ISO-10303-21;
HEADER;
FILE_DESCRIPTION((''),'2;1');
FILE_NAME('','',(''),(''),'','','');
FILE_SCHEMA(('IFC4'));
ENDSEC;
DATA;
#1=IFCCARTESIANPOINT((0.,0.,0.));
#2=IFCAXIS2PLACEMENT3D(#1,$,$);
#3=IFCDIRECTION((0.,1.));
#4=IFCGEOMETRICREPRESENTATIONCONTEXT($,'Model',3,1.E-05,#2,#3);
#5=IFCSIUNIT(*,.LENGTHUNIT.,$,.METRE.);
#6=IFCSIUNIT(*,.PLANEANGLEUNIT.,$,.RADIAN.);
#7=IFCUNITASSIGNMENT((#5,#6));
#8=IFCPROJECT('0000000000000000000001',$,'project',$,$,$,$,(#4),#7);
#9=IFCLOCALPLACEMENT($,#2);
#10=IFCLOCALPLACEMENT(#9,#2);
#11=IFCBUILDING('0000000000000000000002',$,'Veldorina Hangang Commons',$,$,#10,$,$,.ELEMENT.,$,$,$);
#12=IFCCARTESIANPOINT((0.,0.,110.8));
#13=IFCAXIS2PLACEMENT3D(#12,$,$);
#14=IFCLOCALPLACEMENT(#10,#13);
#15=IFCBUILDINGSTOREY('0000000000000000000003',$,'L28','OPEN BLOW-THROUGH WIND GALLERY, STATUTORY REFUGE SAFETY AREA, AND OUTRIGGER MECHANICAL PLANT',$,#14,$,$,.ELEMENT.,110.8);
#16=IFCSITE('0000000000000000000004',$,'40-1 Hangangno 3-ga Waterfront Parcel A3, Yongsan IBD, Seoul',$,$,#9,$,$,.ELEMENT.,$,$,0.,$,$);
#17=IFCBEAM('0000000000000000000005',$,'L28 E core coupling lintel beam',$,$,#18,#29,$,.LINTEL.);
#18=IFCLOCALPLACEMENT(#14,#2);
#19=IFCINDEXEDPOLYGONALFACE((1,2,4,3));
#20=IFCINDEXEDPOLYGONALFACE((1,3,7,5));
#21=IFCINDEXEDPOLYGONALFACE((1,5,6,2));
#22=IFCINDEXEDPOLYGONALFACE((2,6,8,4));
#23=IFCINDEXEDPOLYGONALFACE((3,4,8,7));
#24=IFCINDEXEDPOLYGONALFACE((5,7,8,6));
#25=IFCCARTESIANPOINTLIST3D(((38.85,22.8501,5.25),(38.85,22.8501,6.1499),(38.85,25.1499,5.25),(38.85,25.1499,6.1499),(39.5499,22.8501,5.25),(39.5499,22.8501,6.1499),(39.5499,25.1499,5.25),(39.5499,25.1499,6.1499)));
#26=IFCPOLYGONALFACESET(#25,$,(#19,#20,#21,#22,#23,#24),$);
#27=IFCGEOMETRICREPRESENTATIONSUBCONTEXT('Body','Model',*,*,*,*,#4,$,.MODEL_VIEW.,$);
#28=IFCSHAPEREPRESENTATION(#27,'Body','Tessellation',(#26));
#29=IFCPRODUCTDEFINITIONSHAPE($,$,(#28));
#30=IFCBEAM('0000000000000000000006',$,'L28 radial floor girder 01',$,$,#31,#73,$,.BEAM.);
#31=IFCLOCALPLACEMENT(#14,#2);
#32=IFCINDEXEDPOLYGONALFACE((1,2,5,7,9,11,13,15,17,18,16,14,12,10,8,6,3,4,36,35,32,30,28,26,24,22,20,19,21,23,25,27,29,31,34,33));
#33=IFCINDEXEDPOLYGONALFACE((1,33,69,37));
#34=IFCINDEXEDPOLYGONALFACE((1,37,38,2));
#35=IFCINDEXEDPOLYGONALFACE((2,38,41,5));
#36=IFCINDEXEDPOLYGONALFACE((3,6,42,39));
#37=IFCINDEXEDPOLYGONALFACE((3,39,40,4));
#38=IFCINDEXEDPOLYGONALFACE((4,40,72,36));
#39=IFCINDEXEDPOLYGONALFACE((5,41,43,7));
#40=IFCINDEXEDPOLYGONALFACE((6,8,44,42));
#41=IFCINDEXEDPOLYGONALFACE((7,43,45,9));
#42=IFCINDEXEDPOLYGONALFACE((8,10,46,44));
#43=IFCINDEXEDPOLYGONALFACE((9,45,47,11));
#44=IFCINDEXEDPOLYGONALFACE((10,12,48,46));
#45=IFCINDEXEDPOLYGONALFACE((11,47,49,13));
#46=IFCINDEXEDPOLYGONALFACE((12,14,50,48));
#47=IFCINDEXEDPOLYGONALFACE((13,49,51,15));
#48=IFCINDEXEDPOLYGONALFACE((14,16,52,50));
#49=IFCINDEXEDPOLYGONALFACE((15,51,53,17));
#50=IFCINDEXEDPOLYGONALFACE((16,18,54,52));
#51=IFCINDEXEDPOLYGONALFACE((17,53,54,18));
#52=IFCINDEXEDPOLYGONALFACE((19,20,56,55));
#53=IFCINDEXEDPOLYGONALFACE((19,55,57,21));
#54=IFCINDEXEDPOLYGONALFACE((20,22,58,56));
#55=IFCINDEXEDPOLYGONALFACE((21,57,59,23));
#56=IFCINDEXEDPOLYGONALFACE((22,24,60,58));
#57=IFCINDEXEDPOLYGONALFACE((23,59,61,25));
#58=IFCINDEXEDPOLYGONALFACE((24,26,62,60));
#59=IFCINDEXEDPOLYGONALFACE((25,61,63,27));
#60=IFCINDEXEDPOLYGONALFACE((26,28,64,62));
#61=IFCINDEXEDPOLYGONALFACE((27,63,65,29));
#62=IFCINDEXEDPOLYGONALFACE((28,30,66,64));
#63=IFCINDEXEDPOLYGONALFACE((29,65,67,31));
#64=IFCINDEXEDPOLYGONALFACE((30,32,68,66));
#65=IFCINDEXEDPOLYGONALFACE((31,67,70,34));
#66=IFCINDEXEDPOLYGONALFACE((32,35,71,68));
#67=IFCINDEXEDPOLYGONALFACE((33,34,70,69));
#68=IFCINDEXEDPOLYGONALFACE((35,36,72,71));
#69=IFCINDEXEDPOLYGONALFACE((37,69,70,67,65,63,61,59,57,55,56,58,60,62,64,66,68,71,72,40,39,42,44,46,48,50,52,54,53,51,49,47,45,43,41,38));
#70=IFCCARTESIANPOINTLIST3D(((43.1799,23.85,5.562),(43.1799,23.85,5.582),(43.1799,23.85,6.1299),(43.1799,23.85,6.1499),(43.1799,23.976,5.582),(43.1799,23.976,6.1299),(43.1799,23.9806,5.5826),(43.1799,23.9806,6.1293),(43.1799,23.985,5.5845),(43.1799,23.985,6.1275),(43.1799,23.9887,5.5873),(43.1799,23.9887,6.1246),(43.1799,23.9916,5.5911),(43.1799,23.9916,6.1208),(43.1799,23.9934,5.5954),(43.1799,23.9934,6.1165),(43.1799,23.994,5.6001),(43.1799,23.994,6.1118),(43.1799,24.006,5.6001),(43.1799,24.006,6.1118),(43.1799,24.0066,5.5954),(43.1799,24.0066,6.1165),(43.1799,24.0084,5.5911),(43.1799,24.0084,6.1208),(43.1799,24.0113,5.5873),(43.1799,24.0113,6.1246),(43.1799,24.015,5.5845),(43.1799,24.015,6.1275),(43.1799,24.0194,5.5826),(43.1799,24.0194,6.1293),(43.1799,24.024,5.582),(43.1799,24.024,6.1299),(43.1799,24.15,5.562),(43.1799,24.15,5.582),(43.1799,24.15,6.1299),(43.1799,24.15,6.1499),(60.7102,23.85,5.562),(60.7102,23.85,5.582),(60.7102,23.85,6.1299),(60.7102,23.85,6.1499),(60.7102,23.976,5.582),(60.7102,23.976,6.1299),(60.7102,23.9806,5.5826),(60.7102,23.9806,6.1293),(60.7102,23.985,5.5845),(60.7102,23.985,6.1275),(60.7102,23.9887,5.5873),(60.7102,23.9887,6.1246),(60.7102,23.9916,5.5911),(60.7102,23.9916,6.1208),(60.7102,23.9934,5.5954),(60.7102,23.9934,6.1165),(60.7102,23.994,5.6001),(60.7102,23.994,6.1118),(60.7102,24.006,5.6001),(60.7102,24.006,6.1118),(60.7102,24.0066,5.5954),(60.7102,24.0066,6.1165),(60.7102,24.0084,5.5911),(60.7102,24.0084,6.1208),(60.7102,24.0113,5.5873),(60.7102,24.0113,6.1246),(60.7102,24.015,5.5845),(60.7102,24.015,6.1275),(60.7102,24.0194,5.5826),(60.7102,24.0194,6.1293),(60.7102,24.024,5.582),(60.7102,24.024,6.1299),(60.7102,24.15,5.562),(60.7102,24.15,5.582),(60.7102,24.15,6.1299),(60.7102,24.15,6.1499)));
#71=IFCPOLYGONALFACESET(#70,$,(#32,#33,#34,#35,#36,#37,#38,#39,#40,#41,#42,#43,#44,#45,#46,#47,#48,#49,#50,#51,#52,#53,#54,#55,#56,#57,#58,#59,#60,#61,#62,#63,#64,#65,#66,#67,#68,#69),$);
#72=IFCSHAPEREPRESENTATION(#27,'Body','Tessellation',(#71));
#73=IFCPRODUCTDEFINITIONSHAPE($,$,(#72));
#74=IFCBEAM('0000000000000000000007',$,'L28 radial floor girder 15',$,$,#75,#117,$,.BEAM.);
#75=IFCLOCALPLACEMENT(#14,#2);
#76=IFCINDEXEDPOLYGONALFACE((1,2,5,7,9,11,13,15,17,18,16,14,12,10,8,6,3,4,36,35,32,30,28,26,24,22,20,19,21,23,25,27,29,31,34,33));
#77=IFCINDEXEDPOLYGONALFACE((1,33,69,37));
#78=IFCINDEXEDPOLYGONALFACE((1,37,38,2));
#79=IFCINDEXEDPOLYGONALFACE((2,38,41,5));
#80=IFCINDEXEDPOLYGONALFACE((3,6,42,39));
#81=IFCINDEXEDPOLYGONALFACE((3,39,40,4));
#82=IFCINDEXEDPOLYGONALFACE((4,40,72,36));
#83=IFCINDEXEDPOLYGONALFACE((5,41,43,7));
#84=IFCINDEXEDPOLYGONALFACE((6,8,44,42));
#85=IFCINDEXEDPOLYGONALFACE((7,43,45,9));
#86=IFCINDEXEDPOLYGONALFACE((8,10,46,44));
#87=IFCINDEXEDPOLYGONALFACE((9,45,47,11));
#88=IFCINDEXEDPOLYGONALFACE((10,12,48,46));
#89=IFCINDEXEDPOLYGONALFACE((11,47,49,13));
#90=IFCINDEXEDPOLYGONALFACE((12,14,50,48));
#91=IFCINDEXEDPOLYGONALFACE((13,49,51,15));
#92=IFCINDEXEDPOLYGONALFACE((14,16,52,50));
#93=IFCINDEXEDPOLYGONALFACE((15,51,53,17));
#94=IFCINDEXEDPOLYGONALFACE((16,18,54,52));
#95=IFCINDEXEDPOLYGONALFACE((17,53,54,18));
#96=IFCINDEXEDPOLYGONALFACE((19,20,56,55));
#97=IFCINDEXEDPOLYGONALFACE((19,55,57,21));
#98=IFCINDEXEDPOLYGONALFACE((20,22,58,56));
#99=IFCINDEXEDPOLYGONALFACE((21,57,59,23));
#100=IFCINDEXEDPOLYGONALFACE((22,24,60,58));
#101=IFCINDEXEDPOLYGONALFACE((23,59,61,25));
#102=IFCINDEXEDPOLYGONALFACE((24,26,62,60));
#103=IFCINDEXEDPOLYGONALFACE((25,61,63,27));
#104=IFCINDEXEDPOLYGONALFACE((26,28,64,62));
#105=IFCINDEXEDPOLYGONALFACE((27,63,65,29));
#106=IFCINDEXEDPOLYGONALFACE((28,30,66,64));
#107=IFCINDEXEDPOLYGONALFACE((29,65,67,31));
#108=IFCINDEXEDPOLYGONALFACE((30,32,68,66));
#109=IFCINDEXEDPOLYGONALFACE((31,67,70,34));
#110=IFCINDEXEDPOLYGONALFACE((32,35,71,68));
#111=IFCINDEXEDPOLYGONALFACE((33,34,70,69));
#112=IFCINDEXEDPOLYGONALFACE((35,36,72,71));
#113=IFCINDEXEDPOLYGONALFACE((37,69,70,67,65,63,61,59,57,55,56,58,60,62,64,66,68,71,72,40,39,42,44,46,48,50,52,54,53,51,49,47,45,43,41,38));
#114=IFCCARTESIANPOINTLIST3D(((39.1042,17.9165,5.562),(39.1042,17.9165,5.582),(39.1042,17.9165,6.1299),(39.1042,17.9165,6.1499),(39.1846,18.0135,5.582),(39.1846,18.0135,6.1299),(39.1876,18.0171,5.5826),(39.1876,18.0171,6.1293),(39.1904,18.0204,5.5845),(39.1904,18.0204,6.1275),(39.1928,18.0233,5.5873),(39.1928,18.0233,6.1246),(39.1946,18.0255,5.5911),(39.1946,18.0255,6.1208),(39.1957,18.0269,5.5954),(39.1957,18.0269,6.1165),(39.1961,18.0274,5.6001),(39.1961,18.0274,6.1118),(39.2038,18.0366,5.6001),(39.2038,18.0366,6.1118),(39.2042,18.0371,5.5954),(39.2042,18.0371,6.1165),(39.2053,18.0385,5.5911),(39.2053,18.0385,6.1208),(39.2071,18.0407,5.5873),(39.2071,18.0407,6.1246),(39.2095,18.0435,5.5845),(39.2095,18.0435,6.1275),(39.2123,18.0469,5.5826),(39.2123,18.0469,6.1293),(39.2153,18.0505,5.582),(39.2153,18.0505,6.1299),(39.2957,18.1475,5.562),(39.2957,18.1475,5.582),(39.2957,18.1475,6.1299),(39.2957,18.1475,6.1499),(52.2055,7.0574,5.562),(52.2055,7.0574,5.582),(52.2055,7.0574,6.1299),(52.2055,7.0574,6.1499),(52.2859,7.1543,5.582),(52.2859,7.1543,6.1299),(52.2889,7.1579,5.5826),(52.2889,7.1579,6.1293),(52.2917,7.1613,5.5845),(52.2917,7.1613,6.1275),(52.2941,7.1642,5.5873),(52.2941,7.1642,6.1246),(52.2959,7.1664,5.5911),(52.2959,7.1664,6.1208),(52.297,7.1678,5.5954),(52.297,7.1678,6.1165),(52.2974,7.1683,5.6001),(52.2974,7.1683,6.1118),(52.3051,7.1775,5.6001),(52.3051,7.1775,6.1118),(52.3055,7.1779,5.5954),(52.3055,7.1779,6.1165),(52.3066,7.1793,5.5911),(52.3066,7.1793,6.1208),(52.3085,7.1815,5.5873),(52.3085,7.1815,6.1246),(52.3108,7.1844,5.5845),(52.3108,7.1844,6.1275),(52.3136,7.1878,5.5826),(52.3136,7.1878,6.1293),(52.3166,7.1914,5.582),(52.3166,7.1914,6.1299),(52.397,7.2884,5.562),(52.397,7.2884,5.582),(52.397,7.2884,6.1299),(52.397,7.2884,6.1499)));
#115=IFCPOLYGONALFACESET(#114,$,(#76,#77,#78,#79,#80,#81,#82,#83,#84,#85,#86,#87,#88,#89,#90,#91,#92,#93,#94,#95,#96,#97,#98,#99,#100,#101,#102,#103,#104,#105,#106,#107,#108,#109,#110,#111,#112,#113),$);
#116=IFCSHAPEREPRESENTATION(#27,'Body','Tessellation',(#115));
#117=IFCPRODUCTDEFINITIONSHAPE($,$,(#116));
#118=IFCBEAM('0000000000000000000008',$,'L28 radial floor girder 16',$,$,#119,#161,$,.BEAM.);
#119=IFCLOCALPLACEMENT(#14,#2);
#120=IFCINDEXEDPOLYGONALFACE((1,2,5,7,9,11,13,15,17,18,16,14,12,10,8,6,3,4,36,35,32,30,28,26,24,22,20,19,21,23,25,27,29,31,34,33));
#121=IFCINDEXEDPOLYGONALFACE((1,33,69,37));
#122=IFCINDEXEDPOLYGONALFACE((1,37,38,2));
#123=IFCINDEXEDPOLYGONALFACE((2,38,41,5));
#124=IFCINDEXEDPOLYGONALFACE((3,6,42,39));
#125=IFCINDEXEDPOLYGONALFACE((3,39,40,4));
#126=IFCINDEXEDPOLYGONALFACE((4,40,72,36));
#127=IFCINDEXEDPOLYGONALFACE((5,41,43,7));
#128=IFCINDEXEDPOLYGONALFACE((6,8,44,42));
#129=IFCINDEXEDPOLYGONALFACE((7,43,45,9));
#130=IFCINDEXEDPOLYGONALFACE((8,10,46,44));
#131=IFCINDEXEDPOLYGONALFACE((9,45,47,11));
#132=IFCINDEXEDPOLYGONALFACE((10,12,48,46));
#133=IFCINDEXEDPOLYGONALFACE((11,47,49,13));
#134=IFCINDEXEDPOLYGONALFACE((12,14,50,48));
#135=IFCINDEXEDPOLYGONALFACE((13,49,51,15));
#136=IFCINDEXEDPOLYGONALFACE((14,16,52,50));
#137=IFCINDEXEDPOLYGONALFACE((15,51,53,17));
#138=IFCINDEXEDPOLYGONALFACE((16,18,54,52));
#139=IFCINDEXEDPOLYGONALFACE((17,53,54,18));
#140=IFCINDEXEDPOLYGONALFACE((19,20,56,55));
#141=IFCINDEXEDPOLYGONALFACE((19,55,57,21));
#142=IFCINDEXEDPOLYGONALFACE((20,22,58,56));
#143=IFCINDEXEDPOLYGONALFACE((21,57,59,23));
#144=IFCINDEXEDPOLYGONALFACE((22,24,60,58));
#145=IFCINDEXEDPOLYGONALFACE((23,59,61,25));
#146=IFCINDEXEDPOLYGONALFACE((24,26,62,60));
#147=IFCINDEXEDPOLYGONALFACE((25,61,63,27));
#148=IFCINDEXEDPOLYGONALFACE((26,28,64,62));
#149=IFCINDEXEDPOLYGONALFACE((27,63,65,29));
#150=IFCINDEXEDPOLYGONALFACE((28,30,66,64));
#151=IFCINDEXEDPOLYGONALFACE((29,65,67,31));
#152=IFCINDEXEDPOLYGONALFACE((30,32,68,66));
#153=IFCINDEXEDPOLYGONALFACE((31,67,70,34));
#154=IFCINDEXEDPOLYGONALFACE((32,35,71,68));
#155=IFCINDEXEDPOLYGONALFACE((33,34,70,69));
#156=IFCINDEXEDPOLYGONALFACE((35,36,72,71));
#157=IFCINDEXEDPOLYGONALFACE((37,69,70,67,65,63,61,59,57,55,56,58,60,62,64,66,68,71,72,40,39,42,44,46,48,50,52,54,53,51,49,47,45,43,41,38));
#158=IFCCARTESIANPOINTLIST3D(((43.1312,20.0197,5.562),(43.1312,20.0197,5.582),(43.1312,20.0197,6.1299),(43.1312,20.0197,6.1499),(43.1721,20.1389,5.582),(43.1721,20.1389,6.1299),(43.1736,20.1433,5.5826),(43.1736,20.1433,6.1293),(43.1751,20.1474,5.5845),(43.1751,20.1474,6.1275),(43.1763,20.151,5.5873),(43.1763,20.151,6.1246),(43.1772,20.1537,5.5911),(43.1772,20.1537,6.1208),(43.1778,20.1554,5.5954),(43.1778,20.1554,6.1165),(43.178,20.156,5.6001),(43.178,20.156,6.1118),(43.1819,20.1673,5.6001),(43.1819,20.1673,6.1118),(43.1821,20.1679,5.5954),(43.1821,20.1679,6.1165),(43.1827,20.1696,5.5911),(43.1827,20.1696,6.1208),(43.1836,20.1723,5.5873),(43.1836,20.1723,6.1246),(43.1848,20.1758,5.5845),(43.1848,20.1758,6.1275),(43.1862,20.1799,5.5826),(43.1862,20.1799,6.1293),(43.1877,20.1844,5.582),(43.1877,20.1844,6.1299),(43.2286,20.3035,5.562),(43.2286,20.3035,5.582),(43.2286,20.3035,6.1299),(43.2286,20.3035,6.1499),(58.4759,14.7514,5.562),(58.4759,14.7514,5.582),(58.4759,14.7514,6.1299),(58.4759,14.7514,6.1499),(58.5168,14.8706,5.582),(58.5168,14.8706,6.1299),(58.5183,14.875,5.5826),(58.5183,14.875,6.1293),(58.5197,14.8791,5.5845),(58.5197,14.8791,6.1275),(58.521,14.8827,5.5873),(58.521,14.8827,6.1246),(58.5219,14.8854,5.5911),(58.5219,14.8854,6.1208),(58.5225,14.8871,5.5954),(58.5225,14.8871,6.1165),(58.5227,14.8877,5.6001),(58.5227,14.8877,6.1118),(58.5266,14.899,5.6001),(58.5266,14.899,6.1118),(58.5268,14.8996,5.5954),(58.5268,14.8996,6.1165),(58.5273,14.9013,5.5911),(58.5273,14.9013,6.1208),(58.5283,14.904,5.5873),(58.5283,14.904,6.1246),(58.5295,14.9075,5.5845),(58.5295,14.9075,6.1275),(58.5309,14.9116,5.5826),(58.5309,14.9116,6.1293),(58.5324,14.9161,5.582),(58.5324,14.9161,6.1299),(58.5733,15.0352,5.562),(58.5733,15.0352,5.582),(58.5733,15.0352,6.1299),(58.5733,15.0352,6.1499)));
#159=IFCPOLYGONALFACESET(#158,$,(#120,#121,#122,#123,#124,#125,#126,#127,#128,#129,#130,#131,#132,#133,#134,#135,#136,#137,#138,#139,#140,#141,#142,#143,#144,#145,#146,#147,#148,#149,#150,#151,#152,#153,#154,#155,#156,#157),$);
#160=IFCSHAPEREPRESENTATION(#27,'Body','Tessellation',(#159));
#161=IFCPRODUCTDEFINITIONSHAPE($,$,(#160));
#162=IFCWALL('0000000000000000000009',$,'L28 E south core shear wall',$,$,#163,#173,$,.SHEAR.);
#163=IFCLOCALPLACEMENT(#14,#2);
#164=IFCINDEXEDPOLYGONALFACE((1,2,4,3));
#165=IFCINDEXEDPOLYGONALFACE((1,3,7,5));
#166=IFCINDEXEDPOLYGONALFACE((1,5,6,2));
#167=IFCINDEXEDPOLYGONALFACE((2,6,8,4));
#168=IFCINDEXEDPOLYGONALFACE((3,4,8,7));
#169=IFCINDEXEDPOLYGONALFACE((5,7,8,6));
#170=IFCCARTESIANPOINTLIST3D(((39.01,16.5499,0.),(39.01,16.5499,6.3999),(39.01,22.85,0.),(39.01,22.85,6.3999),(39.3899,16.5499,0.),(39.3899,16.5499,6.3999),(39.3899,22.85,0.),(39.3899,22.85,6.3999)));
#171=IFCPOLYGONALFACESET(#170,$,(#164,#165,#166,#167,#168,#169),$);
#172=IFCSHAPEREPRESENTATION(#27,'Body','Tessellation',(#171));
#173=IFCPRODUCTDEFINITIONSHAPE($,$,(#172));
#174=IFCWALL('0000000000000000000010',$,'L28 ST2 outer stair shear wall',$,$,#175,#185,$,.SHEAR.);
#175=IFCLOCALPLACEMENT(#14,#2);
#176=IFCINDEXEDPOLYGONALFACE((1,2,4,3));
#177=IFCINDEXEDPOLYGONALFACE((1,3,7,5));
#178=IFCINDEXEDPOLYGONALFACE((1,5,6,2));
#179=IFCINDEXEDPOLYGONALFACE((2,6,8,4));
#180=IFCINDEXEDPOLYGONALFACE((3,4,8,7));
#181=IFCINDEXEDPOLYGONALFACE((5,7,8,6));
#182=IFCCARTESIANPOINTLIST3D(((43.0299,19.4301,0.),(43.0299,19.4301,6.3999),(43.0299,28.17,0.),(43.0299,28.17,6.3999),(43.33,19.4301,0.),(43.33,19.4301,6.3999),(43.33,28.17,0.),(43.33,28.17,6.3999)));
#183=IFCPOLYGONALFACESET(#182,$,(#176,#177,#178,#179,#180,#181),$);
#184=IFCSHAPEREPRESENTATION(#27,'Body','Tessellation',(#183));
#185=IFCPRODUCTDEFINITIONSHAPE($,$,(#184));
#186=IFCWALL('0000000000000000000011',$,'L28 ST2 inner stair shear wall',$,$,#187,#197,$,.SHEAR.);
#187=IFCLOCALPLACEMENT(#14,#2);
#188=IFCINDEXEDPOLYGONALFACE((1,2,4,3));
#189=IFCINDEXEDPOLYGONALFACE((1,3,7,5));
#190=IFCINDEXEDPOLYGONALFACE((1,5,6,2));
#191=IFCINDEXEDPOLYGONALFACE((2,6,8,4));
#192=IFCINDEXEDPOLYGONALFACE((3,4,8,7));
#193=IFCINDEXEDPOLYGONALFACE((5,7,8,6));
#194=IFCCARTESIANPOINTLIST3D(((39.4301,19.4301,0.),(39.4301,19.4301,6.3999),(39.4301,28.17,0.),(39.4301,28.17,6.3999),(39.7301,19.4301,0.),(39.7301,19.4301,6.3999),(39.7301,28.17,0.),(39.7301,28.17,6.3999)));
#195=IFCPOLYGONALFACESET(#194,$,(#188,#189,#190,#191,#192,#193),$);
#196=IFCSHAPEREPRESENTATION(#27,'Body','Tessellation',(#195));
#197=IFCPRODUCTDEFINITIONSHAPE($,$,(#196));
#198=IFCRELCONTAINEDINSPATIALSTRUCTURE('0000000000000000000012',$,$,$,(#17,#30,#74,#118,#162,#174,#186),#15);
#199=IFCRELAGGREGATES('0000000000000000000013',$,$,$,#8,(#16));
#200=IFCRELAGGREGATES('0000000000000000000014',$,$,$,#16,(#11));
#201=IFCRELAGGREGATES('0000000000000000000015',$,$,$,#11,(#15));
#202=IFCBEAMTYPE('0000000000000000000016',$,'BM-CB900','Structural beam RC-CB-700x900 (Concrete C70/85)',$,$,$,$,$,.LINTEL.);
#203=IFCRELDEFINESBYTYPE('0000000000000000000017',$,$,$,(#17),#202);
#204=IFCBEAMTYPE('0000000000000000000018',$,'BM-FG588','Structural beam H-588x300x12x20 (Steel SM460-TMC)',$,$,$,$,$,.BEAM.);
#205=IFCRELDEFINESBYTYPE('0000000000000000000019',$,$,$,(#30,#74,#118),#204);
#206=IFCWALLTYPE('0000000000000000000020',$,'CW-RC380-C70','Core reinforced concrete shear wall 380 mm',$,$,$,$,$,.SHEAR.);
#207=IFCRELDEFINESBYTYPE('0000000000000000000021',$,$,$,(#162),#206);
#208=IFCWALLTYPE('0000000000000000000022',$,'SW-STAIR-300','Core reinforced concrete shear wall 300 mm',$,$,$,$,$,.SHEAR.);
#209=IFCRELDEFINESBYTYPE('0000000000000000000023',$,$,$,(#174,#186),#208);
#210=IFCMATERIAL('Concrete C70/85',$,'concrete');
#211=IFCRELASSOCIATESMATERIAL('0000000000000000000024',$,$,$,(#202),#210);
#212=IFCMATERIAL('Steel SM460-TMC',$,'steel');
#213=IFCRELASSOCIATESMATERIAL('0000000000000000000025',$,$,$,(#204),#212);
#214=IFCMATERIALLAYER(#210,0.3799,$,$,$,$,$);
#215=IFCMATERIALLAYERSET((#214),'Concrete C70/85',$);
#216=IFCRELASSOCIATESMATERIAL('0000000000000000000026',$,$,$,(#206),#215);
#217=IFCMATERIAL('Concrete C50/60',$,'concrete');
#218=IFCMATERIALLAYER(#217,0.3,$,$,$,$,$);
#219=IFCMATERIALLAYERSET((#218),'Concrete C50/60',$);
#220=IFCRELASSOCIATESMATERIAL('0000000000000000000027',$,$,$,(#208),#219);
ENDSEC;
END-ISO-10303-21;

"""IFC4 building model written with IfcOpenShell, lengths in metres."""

from ifc_helpers import new_model, si_unit, direction, frame, frame_2d, origin, origin_2d, place, context, subcontext, project, spatial, rectangle, i_section, extrude, material, layer, layer_set, material_profile, profile_set, type_object, element, save


model = new_model("IFC4")

# Units and contexts
model_context = context("Model", 3, precision=1e-05, world=origin(), true_north=direction((0.0, 1.0)))
body_context = subcontext(model_context, "Body", "Model", "MODEL_VIEW")
ifc_project = project(units=[si_unit("LENGTHUNIT", "METRE"), si_unit("PLANEANGLEUNIT", "RADIAN")], contexts=[model_context])

# Site, building, storey
site_placement = place(None, origin())
site = spatial("IfcSite", under=ifc_project, at=site_placement, Name="40-1 Hangangno 3-ga Waterfront Parcel A3, Yongsan IBD, Seoul", CompositionType="ELEMENT", RefElevation=0.0)
building_placement = place(site_placement, origin())
building = spatial("IfcBuilding", under=site, at=building_placement, Name="Veldorina Hangang Commons", CompositionType="ELEMENT")
storey_placement = place(building_placement, frame((0.0, 0.0, 110.8)))
storey = spatial("IfcBuildingStorey", under=building, at=storey_placement, Name="L28", Description="OPEN BLOW-THROUGH WIND GALLERY, STATUTORY REFUGE SAFETY AREA, AND OUTRIGGER MECHANICAL PLANT", CompositionType="ELEMENT", Elevation=110.8)

# Beams
ifc_material_1 = material(Name="Concrete C70/85", Category="concrete")
ifc_material_profile_1 = material_profile(ifc_material_1, rectangle(XDim=0.7, YDim=0.8999, at=origin_2d()), Name="RC-CB-700x900")
ifc_profile_set_1 = profile_set([ifc_material_profile_1], Name="Concrete C70/85")
beam_type_1 = type_object("IfcBeamType", Name="BM-CB900", Description="Structural beam RC-CB-700x900 (Concrete C70/85)", PredefinedType="LINTEL", material=ifc_profile_set_1)
beam_1_placement = place(storey_placement, frame((39.2, 22.8501, 5.7), z_axis=(0.0, 1.0, 0.0), x_axis=(-1.0, 0.0, 0.0)))
element("IfcBeam", 1, at=beam_1_placement, inside=storey, type_object=beam_type_1, Name="L28 E core coupling lintel beam", PredefinedType="LINTEL", context=body_context, shape_type="SweptSolid", body=[
    extrude(rectangle(XDim=0.7, YDim=0.8999, at=origin_2d()), origin(), (0.0, 0.0, 1.0), 2.2998),
])
ifc_material_2 = material(Name="Steel SM460-TMC", Category="steel")
ifc_material_profile_2 = material_profile(ifc_material_2, i_section(OverallWidth=0.3, OverallDepth=0.5879, WebThickness=0.012, FlangeThickness=0.02, FilletRadius=0.0181, at=origin_2d()), Name="H-588x300x12x20")
ifc_profile_set_2 = profile_set([ifc_material_profile_2], Name="Steel SM460-TMC")
beam_type_2 = type_object("IfcBeamType", Name="BM-FG588", Description="Structural beam H-588x300x12x20 (Steel SM460-TMC)", PredefinedType="BEAM", material=ifc_profile_set_2)
beam_2_placement = place(storey_placement, frame((43.1799, 24.0, 5.856), z_axis=(1.0, 0.0, 0.0), x_axis=(0.0, 1.0, 0.0)))
element("IfcBeam", 2, at=beam_2_placement, inside=storey, type_object=beam_type_2, Name="L28 radial floor girder 01", PredefinedType="BEAM", context=body_context, shape_type="SweptSolid", body=[
    extrude(i_section(OverallWidth=0.3, OverallDepth=0.5879, WebThickness=0.012, FlangeThickness=0.02, FilletRadius=0.0181, at=origin_2d()), origin(), (0.0, 0.0, 1.0), 17.5303),
])
beam_3_placement = place(storey_placement, frame((39.2, 18.032, 5.856), z_axis=(0.769913, -0.638149, 0.0), x_axis=(0.638149, 0.769913, 0.0)))
element("IfcBeam", 3, at=beam_3_placement, inside=storey, type_object=beam_type_2, Name="L28 radial floor girder 15", PredefinedType="BEAM", context=body_context, shape_type="SweptSolid", body=[
    extrude(i_section(OverallWidth=0.3, OverallDepth=0.5879, WebThickness=0.012, FlangeThickness=0.02, FilletRadius=0.0181, at=origin_2d()), origin(), (0.0, 0.0, 1.0), 17.0166),
])
beam_4_placement = place(storey_placement, frame((43.1799, 20.1616, 5.856), z_axis=(0.945809, -0.324725, 0.0), x_axis=(0.324725, 0.945809, 0.0)))
element("IfcBeam", 4, at=beam_4_placement, inside=storey, type_object=beam_type_2, Name="L28 radial floor girder 16", PredefinedType="BEAM", context=body_context, shape_type="SweptSolid", body=[
    extrude(i_section(OverallWidth=0.3, OverallDepth=0.5879, WebThickness=0.012, FlangeThickness=0.02, FilletRadius=0.0181, at=origin_2d()), origin(), (0.0, 0.0, 1.0), 16.2239),
])

# Walls
ifc_layer_1 = layer(ifc_material_1, 0.3799)
ifc_layer_set_1 = layer_set([ifc_layer_1], Name="Concrete C70/85")
wall_type_1 = type_object("IfcWallType", Name="CW-RC380-C70", Description="Core reinforced concrete shear wall 380 mm", PredefinedType="SHEAR", material=ifc_layer_set_1)
wall_1_placement = place(storey_placement, frame((39.2, 16.55, 0.0), z_axis=(0.0, 0.0, 1.0), x_axis=(0.0, 1.0, 0.0)))
element("IfcWall", 5, at=wall_1_placement, inside=storey, type_object=wall_type_1, Name="L28 E south core shear wall", PredefinedType="SHEAR", context=body_context, shape_type="SweptSolid", body=[
    extrude(rectangle(XDim=6.3, YDim=0.3799, at=frame_2d((3.1499, 0.0))), origin(), (0.0, 0.0, 1.0), 6.3999),
])
ifc_material_3 = material(Name="Concrete C50/60", Category="concrete")
ifc_layer_2 = layer(ifc_material_3, 0.3)
ifc_layer_set_2 = layer_set([ifc_layer_2], Name="Concrete C50/60")
wall_type_2 = type_object("IfcWallType", Name="SW-STAIR-300", Description="Core reinforced concrete shear wall 300 mm", PredefinedType="SHEAR", material=ifc_layer_set_2)
for number, where, z_axis, x_axis, name in (
    (6, (43.1799, 19.4299, 0.0), (0.0, 0.0, 1.0), (0.0, 1.0, 0.0), "L28 ST2 outer stair shear wall"),
    (7, (39.5801, 19.4299, 0.0), (0.0, 0.0, 1.0), (0.0, 1.0, 0.0), "L28 ST2 inner stair shear wall"),
):
    element("IfcWall", number, at=place(storey_placement, frame(where, z_axis=z_axis, x_axis=x_axis)), inside=storey, type_object=wall_type_2, Name=name, PredefinedType="SHEAR", context=body_context, shape_type="SweptSolid", body=[
        extrude(rectangle(XDim=8.74, YDim=0.3, at=frame_2d((4.3701, 0.0))), origin(), (0.0, 0.0, 1.0), 6.3999),
    ])

save(model, "model.ifc")
